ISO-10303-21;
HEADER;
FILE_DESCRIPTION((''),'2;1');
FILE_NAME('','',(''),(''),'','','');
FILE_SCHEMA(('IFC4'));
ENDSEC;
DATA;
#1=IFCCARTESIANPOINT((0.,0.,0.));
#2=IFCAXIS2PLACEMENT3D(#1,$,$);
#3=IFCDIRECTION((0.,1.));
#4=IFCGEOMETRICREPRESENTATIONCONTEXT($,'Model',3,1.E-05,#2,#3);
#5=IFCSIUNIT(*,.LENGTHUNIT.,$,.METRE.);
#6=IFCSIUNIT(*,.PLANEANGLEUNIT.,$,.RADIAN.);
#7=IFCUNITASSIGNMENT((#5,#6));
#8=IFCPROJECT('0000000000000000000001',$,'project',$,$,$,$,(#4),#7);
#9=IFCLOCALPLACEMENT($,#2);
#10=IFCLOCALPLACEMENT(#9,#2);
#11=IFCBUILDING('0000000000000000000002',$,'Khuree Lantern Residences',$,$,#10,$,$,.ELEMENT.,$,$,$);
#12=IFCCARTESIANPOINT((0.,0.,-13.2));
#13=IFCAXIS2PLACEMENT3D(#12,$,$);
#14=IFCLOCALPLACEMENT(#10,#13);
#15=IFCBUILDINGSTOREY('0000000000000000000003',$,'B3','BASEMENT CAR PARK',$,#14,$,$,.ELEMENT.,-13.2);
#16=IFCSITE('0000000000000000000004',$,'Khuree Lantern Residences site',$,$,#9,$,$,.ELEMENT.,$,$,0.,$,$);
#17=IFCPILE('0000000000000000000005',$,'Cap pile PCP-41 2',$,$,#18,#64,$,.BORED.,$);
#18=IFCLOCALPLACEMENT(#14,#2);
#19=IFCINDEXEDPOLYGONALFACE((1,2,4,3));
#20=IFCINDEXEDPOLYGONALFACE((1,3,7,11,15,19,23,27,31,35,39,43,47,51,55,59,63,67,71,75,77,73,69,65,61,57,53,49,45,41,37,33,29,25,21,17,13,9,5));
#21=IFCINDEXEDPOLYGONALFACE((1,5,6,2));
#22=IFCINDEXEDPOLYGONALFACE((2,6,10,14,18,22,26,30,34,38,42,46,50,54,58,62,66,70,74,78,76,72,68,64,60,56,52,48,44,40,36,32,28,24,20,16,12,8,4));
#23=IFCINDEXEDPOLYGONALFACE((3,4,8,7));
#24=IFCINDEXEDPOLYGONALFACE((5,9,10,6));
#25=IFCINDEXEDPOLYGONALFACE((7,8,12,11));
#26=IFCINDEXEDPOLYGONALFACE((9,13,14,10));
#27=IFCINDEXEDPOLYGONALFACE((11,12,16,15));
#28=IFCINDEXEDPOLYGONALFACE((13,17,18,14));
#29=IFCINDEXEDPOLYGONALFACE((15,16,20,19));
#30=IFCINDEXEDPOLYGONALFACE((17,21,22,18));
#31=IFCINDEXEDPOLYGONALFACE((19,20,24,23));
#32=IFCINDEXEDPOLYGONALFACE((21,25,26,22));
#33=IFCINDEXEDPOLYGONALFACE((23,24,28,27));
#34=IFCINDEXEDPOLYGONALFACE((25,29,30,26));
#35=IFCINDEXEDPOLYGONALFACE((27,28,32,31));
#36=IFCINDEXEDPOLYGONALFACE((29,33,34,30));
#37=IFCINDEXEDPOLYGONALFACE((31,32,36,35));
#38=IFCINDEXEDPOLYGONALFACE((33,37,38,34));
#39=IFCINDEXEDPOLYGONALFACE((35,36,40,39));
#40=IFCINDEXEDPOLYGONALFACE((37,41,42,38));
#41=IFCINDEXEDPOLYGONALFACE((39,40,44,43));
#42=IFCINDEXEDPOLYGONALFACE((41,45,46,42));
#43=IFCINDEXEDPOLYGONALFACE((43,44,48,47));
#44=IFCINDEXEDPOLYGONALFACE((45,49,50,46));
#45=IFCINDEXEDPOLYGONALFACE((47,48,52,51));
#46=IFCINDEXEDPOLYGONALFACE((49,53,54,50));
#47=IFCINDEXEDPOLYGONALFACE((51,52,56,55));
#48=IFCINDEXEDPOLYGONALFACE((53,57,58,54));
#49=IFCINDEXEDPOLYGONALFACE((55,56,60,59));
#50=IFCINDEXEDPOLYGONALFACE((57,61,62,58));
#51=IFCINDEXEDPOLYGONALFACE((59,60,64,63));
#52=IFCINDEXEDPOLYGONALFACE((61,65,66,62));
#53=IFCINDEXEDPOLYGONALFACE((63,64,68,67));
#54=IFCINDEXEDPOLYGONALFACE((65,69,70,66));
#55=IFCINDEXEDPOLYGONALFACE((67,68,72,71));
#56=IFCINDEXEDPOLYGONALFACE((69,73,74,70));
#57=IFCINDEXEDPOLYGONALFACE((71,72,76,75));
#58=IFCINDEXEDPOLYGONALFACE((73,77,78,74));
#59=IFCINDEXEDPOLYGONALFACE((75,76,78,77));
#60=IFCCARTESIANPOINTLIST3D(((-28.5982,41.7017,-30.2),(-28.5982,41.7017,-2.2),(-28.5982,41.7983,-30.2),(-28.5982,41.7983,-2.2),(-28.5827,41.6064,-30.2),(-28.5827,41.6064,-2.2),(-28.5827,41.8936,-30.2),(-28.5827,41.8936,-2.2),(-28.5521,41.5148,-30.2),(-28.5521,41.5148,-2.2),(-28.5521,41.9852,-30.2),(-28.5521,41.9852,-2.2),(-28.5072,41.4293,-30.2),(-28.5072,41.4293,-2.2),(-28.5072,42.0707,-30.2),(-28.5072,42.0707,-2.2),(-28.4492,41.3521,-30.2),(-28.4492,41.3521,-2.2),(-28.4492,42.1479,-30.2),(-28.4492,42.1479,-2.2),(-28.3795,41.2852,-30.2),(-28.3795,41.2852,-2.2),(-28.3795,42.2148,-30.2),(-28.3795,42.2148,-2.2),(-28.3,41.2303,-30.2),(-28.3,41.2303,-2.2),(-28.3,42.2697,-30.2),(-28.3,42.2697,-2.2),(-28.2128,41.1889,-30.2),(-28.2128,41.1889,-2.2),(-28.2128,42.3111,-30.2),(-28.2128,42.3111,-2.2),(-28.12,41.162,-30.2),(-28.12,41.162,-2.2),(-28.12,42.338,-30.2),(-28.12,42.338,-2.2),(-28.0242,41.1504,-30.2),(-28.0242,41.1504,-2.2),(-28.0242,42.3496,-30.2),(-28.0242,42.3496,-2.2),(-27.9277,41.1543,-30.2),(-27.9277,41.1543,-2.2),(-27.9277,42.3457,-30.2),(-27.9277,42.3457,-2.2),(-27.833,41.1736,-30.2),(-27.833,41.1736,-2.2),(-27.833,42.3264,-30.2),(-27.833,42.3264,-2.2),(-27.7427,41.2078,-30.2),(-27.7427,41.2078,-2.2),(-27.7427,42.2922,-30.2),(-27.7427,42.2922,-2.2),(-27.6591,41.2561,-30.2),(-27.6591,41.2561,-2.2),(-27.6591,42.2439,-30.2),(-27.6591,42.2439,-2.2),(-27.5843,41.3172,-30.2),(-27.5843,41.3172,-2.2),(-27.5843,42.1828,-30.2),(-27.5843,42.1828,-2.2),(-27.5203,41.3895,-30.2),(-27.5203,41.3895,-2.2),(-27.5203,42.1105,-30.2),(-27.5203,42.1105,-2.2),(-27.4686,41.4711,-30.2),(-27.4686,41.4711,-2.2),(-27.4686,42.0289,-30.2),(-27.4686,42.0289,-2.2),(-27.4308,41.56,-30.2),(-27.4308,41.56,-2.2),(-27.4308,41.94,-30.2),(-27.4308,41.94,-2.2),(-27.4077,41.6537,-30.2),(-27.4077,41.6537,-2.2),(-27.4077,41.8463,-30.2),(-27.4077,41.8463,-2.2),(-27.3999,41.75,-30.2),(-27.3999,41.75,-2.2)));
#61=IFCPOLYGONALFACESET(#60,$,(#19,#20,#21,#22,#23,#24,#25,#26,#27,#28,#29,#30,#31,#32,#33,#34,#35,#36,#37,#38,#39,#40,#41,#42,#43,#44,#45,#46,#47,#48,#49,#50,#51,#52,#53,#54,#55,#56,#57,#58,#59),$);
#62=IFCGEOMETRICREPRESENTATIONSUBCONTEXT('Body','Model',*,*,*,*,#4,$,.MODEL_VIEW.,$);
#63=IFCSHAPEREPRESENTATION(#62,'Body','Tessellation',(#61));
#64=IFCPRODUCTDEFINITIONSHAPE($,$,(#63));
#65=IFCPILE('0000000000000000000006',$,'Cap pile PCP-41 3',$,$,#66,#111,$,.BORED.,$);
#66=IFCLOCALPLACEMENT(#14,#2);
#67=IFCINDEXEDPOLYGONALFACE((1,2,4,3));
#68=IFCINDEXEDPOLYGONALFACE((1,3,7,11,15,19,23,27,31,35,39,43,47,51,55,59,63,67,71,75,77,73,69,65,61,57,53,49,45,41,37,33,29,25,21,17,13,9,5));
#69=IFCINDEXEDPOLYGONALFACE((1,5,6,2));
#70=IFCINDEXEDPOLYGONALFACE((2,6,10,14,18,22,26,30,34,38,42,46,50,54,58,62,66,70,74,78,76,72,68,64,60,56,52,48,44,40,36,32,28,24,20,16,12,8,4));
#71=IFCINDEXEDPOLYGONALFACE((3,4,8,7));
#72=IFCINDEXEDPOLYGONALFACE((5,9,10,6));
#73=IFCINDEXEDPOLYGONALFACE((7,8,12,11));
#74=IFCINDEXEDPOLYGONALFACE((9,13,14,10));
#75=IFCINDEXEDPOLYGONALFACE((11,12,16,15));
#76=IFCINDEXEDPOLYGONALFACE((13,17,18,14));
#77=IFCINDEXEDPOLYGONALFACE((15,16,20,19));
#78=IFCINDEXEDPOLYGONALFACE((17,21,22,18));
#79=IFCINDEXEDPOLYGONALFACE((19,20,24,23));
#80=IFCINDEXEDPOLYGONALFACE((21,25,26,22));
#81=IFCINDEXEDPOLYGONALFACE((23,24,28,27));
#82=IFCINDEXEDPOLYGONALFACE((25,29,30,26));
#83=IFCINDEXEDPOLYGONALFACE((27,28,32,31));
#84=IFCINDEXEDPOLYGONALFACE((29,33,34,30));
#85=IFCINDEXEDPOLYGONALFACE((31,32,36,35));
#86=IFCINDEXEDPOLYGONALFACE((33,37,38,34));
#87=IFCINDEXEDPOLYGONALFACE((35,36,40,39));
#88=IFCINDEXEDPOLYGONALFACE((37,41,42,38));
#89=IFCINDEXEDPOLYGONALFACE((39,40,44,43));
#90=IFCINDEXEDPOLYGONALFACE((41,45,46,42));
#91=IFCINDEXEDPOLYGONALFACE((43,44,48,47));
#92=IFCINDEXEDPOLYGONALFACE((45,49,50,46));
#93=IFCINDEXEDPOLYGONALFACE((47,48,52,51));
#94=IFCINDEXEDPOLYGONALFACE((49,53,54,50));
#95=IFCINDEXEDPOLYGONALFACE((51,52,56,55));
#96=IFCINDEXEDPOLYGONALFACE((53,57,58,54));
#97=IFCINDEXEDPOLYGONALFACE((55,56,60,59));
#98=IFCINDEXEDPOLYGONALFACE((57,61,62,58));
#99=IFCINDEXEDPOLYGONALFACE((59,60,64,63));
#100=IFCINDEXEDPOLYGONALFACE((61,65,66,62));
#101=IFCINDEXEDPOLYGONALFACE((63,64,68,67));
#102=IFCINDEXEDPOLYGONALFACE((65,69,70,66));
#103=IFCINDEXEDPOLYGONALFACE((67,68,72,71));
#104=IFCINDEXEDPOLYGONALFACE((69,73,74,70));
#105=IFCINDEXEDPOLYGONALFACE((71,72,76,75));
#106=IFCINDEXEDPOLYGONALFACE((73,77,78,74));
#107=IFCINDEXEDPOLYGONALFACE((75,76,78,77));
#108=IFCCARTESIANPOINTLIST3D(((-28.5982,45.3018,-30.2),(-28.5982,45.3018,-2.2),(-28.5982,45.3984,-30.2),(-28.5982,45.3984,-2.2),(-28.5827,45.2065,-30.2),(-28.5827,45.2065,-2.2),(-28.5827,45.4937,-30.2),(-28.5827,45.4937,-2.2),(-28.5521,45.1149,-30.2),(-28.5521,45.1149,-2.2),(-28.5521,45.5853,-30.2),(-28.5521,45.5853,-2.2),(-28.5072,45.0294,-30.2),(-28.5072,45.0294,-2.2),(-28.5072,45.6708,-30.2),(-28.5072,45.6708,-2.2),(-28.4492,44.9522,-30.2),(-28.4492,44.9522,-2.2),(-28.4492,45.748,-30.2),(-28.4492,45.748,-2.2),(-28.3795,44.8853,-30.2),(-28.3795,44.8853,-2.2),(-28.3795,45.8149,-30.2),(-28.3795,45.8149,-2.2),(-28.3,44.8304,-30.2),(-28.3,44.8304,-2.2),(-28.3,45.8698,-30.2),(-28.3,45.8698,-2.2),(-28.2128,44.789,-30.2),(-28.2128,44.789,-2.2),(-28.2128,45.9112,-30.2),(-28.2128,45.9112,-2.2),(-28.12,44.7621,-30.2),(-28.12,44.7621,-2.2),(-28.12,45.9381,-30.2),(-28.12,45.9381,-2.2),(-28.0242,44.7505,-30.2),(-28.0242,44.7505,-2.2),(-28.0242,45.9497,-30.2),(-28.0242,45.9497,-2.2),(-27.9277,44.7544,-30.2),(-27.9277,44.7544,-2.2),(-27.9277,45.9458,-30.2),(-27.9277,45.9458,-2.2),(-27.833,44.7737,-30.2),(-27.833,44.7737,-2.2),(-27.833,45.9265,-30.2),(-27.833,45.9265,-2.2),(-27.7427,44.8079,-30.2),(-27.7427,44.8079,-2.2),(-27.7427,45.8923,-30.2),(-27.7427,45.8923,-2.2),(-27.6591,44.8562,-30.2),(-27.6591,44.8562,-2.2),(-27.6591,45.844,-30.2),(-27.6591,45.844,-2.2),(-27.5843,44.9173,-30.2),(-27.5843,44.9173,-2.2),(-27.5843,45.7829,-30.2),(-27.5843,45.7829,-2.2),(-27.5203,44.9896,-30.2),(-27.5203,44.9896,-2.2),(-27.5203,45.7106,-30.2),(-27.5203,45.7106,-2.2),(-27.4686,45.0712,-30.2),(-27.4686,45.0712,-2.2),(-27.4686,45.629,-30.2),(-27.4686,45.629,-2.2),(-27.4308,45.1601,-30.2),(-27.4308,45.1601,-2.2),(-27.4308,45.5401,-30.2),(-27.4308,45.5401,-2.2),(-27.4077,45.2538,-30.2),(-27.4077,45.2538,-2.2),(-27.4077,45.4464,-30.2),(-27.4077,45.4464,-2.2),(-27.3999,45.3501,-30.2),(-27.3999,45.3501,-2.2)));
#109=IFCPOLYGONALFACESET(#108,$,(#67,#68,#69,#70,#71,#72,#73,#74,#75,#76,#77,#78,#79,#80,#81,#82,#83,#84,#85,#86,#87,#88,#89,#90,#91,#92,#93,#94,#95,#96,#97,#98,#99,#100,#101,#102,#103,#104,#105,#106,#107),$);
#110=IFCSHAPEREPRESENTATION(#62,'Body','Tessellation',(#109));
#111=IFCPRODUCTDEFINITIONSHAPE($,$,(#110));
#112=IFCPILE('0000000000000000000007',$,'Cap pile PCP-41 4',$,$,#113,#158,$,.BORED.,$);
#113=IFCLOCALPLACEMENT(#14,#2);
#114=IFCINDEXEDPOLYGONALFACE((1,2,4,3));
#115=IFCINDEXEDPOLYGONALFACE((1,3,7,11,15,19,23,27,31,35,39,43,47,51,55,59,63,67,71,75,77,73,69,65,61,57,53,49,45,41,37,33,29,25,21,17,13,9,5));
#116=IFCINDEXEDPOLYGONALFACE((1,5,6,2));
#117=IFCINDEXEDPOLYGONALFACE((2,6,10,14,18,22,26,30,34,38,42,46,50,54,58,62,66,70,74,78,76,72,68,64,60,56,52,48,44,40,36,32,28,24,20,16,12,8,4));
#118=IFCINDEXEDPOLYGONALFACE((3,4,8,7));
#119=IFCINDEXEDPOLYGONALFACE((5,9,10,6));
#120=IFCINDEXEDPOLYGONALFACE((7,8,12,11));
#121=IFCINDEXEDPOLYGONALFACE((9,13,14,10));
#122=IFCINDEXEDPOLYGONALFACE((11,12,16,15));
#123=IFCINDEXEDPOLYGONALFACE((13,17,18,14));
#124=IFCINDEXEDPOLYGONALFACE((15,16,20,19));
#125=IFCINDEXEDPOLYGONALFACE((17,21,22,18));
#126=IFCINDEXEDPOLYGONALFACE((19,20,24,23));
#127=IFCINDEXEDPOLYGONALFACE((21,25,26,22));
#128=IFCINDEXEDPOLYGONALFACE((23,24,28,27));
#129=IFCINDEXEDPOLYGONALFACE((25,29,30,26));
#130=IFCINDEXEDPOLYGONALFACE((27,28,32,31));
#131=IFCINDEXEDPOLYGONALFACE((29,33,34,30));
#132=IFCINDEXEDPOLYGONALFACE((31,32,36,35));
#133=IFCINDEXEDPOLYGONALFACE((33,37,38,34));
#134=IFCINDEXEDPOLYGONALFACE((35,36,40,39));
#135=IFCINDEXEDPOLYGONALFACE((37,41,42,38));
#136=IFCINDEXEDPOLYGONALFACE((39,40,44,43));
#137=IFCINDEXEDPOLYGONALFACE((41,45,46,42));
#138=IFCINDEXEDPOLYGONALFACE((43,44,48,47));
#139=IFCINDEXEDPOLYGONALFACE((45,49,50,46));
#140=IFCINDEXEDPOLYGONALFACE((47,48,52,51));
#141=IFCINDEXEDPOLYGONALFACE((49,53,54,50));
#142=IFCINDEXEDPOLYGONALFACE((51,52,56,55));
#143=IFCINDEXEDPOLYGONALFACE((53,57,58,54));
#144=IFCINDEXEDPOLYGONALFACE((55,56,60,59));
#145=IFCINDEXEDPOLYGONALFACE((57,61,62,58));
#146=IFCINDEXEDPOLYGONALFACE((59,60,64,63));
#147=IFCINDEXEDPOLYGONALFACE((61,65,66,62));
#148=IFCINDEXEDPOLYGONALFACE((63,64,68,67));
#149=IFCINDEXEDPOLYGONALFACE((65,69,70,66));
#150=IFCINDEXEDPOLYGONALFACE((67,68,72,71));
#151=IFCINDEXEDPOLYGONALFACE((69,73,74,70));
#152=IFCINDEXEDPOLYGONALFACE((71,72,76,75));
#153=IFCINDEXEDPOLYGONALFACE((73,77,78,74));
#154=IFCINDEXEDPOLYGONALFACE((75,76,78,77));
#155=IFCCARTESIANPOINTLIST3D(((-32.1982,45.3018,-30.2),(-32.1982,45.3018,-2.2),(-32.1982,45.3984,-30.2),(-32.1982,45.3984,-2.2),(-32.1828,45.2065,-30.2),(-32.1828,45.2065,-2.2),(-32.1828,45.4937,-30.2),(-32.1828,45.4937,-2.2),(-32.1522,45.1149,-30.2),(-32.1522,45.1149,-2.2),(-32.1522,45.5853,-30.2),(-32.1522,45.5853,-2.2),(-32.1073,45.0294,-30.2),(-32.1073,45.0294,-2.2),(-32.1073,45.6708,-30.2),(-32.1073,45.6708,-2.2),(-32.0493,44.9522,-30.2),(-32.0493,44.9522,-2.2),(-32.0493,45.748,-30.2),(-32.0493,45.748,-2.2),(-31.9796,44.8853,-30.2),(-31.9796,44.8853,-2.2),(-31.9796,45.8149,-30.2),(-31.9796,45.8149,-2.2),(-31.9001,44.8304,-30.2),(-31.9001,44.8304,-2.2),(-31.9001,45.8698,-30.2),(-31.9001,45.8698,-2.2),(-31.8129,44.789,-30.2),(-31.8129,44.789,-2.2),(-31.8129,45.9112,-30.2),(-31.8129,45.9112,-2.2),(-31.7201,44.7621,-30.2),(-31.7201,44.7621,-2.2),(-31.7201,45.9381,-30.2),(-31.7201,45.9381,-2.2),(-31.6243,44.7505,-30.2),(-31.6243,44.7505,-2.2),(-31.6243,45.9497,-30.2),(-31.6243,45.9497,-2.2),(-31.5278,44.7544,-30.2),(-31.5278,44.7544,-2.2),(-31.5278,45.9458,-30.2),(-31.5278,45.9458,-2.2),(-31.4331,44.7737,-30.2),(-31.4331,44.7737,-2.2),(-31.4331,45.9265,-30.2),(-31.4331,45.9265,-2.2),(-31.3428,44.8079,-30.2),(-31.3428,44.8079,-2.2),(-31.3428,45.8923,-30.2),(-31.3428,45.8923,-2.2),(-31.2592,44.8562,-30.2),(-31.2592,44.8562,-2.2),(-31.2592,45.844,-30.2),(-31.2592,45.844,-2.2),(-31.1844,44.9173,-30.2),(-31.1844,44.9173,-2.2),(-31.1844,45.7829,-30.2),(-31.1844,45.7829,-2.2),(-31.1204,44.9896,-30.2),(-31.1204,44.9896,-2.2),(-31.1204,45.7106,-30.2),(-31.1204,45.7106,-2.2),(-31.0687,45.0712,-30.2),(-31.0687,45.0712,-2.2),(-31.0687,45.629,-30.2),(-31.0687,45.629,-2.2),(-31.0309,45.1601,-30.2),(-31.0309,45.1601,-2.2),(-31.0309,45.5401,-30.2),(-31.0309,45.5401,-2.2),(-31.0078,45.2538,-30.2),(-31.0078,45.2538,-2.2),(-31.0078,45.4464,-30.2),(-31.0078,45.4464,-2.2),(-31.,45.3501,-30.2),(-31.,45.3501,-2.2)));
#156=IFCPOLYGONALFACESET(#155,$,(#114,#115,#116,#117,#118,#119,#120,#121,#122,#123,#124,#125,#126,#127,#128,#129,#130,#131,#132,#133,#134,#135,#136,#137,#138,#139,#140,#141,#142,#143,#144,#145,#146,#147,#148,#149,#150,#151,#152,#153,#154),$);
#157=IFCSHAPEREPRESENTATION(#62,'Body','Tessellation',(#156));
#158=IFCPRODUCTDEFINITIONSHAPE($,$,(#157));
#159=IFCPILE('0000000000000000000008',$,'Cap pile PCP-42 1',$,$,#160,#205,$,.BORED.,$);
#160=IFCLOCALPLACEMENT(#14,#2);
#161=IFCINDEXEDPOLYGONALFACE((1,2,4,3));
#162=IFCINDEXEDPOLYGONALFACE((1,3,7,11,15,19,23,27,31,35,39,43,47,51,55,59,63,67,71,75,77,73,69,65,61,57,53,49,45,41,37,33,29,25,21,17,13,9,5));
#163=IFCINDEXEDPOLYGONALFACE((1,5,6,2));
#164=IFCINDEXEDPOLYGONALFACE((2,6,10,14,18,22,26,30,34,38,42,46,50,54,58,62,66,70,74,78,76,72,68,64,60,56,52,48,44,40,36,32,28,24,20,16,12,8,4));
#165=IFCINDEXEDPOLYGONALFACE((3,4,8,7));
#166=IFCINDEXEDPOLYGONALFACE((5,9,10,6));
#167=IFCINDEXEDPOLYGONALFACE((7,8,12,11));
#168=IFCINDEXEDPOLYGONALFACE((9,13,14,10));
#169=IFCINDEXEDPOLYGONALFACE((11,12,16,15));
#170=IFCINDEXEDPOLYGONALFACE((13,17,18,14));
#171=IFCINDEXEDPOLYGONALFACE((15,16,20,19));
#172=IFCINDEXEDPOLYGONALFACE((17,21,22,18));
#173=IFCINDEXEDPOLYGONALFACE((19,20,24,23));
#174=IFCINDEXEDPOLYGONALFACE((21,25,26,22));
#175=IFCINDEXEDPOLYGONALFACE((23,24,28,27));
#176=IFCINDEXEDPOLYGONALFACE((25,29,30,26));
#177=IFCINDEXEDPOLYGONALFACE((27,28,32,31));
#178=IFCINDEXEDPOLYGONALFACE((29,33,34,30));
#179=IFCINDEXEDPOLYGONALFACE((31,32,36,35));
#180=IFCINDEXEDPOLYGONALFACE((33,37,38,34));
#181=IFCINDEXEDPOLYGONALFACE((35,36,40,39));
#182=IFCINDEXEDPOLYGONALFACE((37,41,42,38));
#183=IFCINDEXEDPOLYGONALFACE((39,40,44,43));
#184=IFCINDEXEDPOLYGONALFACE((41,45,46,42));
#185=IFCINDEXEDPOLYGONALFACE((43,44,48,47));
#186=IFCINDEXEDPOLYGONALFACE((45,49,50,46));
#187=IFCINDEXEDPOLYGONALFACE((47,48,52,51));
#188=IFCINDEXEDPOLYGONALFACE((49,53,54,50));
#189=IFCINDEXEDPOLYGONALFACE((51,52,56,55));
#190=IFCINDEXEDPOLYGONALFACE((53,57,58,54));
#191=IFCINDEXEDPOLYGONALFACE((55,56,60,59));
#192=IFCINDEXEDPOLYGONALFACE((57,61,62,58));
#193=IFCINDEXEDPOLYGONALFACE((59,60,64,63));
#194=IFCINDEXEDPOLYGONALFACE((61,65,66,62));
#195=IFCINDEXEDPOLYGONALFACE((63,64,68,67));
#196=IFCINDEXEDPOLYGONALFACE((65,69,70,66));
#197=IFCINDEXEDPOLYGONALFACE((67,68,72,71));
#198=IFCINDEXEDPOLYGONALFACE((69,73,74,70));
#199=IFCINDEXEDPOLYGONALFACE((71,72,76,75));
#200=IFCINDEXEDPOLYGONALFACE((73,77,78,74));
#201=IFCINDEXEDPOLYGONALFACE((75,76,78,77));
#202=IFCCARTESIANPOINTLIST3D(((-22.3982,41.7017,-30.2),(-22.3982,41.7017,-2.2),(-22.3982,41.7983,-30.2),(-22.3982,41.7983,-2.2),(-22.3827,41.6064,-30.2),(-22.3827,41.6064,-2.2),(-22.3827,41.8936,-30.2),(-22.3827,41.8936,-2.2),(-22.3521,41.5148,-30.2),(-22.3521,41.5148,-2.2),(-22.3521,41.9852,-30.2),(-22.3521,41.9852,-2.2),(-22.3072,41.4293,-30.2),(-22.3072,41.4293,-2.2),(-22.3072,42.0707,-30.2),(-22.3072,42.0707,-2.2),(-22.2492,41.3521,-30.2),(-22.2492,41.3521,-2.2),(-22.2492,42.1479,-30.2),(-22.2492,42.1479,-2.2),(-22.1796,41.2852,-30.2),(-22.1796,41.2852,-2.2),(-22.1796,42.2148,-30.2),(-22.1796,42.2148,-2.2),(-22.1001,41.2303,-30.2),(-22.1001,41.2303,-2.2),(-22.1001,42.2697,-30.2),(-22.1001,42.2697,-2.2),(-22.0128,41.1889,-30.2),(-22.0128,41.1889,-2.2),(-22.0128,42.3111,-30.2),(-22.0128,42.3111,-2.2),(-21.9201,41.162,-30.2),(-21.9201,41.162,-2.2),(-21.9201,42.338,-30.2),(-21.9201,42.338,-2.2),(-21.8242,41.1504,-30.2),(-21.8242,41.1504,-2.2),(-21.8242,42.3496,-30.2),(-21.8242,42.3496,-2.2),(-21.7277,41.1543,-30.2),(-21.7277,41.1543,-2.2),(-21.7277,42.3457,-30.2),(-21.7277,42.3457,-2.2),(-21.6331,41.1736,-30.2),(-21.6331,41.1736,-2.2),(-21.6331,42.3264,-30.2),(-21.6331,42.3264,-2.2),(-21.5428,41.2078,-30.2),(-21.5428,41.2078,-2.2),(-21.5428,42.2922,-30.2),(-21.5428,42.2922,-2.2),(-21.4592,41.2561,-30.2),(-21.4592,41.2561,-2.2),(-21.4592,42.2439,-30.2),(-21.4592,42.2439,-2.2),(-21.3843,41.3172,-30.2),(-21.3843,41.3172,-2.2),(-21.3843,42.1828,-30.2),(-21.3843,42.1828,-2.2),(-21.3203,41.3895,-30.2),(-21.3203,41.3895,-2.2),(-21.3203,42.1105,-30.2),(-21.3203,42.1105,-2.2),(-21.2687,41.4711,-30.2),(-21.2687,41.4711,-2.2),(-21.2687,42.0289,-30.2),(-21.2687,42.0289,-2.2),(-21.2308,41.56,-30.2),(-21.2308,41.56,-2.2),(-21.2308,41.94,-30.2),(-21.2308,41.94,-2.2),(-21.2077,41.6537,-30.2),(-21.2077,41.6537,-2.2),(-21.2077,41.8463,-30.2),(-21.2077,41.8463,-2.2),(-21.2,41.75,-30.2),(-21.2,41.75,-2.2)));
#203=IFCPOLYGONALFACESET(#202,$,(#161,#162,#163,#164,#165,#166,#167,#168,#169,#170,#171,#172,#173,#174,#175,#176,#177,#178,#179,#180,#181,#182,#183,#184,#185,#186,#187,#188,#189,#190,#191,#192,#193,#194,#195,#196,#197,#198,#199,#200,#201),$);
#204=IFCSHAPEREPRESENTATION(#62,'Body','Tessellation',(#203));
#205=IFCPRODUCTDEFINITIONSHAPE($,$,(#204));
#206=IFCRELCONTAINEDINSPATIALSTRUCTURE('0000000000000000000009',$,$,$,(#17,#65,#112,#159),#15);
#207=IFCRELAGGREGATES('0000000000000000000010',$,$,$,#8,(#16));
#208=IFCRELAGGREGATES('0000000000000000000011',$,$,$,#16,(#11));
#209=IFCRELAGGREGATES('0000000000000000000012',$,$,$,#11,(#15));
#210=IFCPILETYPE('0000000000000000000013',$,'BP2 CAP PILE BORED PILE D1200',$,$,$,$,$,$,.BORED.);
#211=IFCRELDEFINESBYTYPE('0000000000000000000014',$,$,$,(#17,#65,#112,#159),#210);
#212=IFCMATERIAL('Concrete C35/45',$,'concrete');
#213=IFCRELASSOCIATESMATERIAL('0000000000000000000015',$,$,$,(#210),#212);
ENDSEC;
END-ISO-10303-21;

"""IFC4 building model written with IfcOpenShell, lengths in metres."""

from ifc_helpers import new_model, si_unit, direction, frame, origin, origin_2d, place, context, subcontext, project, spatial, circle, extrude, material, material_profile, profile_set, type_object, element, save


model = new_model("IFC4")

# Units and contexts
model_context = context("Model", 3, precision=1e-05, world=origin(), true_north=direction((0.0, 1.0)))
body_context = subcontext(model_context, "Body", "Model", "MODEL_VIEW")
ifc_project = project(units=[si_unit("LENGTHUNIT", "METRE"), si_unit("PLANEANGLEUNIT", "RADIAN")], contexts=[model_context])

# Site, building, storey
site_placement = place(None, origin())
site = spatial("IfcSite", under=ifc_project, at=site_placement, Name="Khuree Lantern Residences site", CompositionType="ELEMENT", RefElevation=0.0)
building_placement = place(site_placement, origin())
building = spatial("IfcBuilding", under=site, at=building_placement, Name="Khuree Lantern Residences", CompositionType="ELEMENT")
storey_placement = place(building_placement, frame((0.0, 0.0, -13.2)))
storey = spatial("IfcBuildingStorey", under=building, at=storey_placement, Name="B3", Description="BASEMENT CAR PARK", CompositionType="ELEMENT", Elevation=-13.2)

# Piles
ifc_material_1 = material(Name="Concrete C35/45", Category="concrete")
ifc_material_profile_1 = material_profile(ifc_material_1, circle(Radius=0.6001, at=origin_2d()), Name="BORED PILE D1200")
ifc_profile_set_1 = profile_set([ifc_material_profile_1], Name="Concrete C35/45")
pile_type_1 = type_object("IfcPileType", Name="BP2 CAP PILE BORED PILE D1200", PredefinedType="BORED", material=ifc_profile_set_1)
for number, where, z_axis, x_axis, name in (
    (1, (-28.0, 41.75, -2.2), (0.0, 0.0, -1.0), (1.0, 0.0, 0.0), "Cap pile PCP-41 2"),
    (2, (-28.0, 45.3501, -2.2), (0.0, 0.0, -1.0), (1.0, 0.0, 0.0), "Cap pile PCP-41 3"),
    (3, (-31.6001, 45.3501, -2.2), (0.0, 0.0, -1.0), (1.0, 0.0, 0.0), "Cap pile PCP-41 4"),
    (4, (-21.8, 41.75, -2.2), (0.0, 0.0, -1.0), (1.0, 0.0, 0.0), "Cap pile PCP-42 1"),
):
    element("IfcPile", number, at=place(storey_placement, frame(where, z_axis=z_axis, x_axis=x_axis)), inside=storey, type_object=pile_type_1, Name=name, PredefinedType="BORED", context=body_context, shape_type="SweptSolid", body=[
        extrude(circle(Radius=0.6001, at=origin_2d()), origin(), (0.0, 0.0, 1.0), 28.0),
    ])

save(model, "model.ifc")
